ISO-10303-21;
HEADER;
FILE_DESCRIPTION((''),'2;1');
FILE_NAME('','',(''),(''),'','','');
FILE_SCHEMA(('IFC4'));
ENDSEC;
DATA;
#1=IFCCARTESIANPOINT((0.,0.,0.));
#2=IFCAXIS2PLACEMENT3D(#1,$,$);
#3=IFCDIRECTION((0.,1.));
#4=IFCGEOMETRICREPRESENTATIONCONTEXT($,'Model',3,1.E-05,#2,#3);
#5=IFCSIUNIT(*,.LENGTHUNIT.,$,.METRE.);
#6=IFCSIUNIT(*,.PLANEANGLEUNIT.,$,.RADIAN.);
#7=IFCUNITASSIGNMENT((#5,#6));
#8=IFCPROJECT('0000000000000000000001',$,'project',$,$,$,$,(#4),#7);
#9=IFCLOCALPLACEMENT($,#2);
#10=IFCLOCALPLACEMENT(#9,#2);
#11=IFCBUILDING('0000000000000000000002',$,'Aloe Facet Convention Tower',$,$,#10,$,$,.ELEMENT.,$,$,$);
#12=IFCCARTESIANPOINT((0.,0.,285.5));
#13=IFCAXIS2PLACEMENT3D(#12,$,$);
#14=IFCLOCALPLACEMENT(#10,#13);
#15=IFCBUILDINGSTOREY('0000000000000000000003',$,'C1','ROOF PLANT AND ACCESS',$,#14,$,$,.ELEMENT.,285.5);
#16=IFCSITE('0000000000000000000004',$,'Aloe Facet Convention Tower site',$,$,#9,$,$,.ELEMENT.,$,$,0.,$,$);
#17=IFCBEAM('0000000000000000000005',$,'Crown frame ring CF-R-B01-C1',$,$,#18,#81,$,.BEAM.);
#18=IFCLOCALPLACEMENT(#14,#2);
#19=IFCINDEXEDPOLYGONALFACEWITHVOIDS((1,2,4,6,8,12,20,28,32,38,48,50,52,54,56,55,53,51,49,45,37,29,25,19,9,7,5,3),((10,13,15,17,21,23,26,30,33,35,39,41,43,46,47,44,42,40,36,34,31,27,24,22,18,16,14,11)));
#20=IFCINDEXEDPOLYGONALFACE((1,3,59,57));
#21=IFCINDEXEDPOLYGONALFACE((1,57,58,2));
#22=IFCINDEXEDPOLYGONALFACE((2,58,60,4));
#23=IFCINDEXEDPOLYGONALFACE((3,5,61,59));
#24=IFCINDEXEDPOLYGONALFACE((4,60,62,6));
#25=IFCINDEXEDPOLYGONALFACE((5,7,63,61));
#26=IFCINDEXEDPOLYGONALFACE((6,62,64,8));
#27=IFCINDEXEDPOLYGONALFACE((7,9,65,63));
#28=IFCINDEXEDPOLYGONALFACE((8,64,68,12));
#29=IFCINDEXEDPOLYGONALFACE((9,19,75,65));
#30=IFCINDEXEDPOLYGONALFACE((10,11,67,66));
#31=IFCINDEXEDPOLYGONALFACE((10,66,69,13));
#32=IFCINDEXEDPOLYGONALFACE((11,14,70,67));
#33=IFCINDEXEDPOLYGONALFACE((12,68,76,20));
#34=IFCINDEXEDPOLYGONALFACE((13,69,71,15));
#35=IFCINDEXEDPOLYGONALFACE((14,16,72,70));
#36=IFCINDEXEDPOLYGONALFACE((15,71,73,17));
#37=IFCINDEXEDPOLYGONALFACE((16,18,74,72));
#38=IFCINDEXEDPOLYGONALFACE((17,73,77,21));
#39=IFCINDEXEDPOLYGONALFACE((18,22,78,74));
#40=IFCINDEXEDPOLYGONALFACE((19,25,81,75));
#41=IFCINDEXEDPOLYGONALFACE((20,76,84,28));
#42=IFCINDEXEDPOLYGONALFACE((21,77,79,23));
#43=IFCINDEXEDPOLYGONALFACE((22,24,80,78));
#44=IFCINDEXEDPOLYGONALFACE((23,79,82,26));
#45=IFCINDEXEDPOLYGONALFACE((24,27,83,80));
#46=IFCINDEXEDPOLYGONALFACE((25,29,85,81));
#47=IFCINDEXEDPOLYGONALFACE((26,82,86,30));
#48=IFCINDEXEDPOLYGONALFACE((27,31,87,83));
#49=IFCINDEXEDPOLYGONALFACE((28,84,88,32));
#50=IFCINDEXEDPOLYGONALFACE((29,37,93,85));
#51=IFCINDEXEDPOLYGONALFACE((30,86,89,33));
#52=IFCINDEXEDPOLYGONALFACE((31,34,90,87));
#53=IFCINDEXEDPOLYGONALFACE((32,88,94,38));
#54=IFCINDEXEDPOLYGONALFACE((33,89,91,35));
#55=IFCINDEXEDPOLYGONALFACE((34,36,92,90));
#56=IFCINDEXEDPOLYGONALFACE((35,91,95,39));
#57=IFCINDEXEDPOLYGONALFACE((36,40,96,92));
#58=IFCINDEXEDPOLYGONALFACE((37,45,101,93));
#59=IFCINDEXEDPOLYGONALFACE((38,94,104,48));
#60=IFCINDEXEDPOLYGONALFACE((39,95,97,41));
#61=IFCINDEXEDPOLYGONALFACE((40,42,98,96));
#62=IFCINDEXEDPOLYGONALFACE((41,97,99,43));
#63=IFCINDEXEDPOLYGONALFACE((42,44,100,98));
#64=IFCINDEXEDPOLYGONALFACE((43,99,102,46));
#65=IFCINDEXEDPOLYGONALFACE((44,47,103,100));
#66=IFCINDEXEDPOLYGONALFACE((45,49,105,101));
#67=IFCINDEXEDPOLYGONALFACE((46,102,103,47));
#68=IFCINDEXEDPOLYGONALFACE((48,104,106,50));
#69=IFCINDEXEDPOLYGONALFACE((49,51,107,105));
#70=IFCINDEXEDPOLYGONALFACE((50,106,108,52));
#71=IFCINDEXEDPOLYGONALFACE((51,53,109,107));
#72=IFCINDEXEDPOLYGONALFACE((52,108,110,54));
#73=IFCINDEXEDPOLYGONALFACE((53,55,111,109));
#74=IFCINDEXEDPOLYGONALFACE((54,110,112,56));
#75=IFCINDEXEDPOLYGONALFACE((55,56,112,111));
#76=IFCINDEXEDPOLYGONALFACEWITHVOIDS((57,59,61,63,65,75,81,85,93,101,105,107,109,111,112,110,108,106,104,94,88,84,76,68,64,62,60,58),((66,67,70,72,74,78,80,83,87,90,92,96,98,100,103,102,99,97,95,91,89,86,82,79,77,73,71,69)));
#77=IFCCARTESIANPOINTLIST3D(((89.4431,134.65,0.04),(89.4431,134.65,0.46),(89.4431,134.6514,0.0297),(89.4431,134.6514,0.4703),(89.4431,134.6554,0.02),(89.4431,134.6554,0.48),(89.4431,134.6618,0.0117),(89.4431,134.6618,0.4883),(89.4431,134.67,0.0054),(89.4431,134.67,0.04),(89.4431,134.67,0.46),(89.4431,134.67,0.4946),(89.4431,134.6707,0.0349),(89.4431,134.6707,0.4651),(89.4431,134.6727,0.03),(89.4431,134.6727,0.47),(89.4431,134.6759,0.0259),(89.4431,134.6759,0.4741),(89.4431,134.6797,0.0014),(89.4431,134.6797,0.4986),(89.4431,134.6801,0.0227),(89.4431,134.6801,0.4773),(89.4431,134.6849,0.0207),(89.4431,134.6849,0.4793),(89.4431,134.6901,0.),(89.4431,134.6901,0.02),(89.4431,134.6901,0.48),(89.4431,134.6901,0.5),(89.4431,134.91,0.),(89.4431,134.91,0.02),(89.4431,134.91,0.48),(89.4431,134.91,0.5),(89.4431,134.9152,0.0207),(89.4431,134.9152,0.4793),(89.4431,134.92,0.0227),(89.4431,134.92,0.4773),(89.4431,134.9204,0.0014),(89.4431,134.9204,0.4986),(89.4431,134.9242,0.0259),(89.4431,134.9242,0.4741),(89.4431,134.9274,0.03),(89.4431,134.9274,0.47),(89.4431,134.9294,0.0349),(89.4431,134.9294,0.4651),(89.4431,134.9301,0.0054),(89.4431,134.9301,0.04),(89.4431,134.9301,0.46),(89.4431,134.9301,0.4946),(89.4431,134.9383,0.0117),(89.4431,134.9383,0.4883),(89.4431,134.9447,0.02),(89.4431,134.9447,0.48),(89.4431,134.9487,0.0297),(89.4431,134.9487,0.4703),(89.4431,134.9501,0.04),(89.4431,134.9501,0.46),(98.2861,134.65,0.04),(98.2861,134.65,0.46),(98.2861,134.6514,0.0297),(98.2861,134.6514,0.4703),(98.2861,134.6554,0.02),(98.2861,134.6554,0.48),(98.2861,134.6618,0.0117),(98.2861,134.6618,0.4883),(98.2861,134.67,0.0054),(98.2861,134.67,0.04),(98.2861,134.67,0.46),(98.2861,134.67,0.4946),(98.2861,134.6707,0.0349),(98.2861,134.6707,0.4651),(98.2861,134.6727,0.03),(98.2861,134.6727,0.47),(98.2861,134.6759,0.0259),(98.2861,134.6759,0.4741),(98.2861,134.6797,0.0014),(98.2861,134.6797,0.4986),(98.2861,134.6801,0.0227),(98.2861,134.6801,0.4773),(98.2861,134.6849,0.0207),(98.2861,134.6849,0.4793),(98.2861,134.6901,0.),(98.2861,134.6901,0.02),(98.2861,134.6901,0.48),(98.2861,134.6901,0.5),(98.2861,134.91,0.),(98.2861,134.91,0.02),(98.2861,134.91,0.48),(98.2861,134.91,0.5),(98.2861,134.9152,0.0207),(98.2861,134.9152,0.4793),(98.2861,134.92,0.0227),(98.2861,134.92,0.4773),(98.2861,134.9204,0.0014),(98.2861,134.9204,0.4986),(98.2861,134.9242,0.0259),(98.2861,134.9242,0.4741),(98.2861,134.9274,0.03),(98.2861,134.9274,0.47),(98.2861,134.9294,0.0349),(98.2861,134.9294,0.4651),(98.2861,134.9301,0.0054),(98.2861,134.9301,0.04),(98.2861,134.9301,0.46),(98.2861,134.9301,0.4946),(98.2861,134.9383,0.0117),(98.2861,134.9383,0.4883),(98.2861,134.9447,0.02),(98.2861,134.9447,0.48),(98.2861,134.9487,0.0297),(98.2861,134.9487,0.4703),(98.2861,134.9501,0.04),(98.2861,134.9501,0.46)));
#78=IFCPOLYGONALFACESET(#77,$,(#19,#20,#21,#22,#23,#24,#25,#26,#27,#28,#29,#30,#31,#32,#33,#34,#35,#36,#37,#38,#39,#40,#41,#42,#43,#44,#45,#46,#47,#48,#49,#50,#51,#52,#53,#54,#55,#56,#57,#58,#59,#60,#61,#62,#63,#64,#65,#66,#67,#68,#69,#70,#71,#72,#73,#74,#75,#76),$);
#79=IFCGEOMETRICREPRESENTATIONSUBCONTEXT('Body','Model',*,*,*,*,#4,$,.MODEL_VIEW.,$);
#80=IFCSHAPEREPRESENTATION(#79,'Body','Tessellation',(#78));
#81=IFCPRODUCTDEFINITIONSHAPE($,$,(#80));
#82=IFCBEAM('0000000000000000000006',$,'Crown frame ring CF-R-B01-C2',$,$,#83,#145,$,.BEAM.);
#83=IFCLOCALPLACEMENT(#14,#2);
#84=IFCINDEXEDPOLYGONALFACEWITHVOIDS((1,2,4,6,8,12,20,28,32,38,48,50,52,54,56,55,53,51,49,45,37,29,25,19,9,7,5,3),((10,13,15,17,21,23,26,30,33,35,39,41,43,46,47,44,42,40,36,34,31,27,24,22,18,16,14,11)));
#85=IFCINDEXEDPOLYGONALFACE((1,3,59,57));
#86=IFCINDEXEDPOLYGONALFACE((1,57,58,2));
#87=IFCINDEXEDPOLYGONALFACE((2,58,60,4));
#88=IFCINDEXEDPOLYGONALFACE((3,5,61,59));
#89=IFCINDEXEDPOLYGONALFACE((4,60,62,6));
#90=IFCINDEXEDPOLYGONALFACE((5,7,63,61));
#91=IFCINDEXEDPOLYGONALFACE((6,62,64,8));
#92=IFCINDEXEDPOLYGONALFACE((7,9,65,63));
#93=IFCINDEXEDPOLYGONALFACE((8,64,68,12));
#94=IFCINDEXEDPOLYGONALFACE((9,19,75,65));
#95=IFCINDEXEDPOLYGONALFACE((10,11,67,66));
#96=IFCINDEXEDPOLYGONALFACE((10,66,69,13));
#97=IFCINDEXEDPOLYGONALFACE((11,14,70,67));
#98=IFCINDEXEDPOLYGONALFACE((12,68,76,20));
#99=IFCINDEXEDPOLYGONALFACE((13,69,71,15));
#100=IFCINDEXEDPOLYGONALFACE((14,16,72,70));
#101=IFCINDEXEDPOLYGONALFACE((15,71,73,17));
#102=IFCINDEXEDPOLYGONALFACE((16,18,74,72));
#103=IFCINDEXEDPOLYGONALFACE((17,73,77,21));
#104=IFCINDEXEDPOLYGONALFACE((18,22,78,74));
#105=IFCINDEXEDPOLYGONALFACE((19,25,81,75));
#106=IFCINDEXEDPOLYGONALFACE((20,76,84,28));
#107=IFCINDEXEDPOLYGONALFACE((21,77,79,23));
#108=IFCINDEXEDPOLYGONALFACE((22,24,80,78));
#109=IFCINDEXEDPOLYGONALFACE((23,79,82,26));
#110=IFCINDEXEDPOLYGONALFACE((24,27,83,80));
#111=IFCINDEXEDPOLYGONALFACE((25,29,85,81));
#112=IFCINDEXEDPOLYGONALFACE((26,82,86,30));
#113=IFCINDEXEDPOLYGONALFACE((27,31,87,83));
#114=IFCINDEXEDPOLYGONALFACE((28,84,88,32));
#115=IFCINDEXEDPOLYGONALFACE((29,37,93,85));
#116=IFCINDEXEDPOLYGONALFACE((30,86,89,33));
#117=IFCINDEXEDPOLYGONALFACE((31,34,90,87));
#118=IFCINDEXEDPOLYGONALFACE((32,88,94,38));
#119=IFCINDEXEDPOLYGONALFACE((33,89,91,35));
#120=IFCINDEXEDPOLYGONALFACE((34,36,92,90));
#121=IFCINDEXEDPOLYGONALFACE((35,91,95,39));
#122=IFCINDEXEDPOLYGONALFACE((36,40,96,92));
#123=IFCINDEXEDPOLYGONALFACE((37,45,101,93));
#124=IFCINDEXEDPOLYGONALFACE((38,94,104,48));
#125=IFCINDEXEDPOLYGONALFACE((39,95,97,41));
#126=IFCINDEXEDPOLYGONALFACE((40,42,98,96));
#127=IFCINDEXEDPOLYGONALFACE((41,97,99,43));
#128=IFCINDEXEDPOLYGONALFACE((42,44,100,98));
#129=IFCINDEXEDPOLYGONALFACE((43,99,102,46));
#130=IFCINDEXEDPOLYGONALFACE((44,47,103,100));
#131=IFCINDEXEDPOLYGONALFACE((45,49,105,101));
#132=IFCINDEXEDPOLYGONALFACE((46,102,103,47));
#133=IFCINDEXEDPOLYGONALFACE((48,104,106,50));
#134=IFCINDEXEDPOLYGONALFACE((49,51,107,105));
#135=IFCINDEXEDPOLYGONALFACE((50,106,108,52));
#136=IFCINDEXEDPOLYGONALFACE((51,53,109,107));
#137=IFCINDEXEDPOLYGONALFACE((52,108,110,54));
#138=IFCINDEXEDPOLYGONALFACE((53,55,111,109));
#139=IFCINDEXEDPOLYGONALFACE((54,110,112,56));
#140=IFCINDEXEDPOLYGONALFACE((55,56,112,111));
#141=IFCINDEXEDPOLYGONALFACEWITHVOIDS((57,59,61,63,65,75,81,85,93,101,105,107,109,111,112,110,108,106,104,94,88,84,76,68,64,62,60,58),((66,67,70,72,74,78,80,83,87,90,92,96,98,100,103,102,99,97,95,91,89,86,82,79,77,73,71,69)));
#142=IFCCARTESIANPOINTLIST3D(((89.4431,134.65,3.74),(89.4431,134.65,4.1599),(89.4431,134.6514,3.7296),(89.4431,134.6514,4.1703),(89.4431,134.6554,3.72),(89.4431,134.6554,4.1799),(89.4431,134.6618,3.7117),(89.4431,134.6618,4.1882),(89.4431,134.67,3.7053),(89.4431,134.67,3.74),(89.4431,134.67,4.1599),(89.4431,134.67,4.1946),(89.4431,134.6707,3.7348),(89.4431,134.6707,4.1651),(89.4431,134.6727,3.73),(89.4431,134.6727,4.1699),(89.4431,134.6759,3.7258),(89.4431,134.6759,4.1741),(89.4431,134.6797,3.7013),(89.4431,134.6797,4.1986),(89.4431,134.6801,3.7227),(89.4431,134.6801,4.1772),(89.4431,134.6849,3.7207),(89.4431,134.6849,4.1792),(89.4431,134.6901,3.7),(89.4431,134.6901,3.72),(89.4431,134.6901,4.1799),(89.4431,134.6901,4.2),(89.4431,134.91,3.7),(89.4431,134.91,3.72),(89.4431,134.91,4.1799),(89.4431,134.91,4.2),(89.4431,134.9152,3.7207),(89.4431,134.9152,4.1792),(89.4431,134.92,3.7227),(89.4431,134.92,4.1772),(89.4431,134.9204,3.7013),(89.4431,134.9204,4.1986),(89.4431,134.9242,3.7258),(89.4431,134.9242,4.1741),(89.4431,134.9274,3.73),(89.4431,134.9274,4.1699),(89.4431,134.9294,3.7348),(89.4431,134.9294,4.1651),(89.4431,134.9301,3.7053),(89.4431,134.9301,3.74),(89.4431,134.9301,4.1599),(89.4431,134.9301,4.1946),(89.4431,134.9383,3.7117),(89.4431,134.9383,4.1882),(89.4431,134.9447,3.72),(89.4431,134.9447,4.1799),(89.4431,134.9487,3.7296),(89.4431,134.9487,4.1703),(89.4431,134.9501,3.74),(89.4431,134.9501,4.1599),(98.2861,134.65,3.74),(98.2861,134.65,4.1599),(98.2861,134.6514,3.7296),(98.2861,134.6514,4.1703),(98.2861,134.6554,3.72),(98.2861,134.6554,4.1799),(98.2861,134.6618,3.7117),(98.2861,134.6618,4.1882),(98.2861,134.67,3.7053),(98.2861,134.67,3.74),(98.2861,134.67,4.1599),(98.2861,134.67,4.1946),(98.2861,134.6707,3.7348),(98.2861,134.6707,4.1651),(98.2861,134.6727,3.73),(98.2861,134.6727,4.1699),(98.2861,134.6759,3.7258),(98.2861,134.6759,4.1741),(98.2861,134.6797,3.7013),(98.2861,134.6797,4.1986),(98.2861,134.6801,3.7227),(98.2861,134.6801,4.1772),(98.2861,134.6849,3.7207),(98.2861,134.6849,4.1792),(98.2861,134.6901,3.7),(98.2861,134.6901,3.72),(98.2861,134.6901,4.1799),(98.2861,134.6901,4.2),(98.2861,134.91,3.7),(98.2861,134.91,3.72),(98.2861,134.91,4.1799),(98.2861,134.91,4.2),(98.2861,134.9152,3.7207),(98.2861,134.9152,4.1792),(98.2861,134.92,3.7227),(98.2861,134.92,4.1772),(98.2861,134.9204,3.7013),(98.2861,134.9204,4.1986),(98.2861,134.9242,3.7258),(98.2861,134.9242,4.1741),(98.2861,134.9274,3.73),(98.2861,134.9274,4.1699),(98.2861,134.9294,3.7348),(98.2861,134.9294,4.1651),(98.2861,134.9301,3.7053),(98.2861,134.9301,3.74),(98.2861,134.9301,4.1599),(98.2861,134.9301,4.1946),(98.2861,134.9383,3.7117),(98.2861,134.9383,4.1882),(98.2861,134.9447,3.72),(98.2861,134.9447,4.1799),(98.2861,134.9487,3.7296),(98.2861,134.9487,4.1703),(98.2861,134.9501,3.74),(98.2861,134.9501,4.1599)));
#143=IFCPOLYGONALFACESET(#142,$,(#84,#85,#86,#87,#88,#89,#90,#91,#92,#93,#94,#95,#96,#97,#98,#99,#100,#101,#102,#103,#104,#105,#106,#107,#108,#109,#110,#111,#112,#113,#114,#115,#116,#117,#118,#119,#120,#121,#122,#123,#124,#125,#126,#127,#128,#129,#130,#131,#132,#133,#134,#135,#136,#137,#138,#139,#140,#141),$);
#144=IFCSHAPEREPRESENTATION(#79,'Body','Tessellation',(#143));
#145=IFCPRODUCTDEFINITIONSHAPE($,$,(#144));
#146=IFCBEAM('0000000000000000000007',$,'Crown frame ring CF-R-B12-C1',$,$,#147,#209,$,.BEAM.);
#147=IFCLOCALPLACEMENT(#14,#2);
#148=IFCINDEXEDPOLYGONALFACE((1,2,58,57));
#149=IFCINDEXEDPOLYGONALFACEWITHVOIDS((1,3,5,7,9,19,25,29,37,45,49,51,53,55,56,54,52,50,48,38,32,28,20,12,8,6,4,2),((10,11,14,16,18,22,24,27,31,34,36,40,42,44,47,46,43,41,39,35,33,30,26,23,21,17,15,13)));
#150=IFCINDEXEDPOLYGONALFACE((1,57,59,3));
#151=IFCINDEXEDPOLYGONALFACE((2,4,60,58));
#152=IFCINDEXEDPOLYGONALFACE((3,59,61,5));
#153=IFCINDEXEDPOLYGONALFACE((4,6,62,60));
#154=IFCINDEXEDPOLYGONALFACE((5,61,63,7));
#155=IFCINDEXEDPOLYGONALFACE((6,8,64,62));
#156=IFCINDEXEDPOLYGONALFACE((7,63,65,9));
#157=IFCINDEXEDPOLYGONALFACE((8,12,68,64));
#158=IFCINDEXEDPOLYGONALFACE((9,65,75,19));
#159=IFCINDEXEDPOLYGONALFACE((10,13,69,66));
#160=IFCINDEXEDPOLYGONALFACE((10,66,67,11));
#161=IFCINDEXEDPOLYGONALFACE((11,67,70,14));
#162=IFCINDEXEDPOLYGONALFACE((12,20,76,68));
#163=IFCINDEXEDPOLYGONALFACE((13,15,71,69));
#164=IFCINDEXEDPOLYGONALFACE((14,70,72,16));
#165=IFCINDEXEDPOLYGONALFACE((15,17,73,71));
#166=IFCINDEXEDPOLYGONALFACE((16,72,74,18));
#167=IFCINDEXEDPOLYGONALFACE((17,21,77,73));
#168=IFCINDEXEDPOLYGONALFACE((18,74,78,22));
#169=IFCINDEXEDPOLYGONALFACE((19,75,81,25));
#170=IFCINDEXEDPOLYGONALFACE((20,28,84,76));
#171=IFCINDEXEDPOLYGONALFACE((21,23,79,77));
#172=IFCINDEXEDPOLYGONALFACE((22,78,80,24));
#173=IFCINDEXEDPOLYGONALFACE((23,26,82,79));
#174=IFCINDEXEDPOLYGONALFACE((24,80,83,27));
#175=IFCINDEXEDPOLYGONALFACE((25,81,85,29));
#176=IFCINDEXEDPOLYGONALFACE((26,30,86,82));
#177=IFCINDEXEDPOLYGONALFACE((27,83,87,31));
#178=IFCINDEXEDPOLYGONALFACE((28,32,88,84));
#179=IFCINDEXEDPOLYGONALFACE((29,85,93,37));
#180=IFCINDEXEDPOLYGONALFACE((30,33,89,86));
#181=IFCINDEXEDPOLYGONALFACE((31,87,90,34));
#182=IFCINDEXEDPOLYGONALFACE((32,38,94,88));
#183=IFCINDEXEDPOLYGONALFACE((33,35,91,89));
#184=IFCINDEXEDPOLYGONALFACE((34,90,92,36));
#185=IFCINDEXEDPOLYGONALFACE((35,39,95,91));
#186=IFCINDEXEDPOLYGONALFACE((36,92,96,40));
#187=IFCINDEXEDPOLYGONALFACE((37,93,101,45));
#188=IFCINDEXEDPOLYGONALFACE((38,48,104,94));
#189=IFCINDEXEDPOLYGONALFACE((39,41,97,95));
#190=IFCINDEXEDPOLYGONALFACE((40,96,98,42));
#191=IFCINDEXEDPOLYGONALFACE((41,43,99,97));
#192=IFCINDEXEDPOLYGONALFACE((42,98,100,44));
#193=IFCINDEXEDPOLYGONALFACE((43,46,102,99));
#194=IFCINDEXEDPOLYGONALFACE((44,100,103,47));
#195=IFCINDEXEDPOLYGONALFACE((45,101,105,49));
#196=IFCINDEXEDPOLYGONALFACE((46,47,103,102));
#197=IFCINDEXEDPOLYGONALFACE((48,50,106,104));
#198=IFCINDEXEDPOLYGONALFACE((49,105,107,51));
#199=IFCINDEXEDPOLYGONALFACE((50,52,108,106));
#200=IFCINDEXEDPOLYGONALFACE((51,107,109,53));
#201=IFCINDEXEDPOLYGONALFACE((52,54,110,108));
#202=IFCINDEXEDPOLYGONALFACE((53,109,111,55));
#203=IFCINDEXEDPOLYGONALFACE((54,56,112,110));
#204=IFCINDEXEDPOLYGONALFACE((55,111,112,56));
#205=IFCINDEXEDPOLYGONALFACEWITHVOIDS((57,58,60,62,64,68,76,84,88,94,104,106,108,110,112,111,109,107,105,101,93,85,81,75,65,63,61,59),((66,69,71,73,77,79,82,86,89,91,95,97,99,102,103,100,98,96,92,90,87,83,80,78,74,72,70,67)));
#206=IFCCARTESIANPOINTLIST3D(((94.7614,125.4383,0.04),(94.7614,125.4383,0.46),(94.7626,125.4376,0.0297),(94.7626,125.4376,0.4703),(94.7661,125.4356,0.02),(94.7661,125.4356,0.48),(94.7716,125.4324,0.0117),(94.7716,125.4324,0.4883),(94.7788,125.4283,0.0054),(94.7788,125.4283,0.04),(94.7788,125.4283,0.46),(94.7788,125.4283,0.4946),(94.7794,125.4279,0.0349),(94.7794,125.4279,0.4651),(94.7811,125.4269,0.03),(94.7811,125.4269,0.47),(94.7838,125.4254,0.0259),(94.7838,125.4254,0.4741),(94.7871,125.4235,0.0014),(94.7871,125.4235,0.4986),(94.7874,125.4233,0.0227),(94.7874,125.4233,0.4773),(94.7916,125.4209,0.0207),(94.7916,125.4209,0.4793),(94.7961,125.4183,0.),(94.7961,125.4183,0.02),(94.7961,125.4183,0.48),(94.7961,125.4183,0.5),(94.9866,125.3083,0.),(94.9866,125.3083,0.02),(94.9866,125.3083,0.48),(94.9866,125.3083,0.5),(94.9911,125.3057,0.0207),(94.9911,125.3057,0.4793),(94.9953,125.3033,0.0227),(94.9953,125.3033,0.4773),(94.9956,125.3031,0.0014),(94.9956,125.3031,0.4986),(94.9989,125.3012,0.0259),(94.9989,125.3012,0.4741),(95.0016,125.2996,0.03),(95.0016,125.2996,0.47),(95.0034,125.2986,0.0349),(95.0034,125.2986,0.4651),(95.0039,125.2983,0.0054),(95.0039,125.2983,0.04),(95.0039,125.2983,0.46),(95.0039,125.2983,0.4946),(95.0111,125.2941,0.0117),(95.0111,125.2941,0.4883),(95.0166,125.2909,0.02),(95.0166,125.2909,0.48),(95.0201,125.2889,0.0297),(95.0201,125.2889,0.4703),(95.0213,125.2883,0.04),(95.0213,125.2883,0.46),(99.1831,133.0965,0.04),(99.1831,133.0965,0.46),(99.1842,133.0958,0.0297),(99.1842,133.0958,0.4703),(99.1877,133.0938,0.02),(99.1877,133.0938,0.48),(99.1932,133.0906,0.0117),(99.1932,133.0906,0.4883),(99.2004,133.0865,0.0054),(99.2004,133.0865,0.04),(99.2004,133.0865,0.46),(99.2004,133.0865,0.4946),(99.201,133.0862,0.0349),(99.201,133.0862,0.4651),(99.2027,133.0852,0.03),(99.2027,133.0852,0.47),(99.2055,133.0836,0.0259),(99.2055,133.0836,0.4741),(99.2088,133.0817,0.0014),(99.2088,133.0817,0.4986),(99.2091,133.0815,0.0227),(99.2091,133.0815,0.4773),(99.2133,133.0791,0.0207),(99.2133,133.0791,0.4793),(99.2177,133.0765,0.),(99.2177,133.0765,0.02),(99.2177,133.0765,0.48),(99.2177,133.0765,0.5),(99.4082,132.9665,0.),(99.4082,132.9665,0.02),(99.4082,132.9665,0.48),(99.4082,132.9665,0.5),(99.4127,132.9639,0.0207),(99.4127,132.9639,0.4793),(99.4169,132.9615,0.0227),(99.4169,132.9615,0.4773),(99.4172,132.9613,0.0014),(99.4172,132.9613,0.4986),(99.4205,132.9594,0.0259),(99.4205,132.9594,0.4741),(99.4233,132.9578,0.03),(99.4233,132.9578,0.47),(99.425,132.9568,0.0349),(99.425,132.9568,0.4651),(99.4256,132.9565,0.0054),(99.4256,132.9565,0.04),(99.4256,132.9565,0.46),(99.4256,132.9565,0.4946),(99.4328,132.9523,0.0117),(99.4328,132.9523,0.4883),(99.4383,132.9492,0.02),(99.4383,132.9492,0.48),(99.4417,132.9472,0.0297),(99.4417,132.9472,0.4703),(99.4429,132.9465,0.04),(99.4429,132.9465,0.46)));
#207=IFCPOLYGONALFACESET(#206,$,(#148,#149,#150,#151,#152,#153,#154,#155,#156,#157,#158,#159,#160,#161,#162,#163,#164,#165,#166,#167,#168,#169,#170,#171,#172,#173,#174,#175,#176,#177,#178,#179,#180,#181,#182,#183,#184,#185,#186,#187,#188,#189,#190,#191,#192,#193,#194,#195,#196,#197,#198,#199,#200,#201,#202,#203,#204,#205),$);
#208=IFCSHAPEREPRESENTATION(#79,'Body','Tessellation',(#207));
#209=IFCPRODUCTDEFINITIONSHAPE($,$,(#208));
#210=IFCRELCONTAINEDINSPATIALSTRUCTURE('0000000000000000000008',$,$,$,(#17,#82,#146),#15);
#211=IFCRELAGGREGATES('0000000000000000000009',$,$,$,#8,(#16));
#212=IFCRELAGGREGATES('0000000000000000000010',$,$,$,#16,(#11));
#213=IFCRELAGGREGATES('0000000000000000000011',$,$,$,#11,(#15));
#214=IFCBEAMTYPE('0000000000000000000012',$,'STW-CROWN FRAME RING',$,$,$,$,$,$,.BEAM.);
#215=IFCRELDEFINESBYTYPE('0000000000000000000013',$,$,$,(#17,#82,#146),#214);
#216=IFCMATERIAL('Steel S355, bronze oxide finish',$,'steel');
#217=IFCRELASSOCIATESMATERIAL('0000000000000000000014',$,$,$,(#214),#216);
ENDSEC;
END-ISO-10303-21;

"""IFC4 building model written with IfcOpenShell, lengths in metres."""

from ifc_helpers import new_model, si_unit, direction, frame, origin, origin_2d, place, context, subcontext, project, spatial, hollow_rectangle, extrude, material, material_profile, profile_set, type_object, element, save


model = new_model("IFC4")

# Units and contexts
model_context = context("Model", 3, precision=1e-05, world=origin(), true_north=direction((0.0, 1.0)))
body_context = subcontext(model_context, "Body", "Model", "MODEL_VIEW")
ifc_project = project(units=[si_unit("LENGTHUNIT", "METRE"), si_unit("PLANEANGLEUNIT", "RADIAN")], contexts=[model_context])

# Site, building, storey
site_placement = place(None, origin())
site = spatial("IfcSite", under=ifc_project, at=site_placement, Name="Aloe Facet Convention Tower site", CompositionType="ELEMENT", RefElevation=0.0)
building_placement = place(site_placement, origin())
building = spatial("IfcBuilding", under=site, at=building_placement, Name="Aloe Facet Convention Tower", CompositionType="ELEMENT")
storey_placement = place(building_placement, frame((0.0, 0.0, 285.5)))
storey = spatial("IfcBuildingStorey", under=building, at=storey_placement, Name="C1", Description="ROOF PLANT AND ACCESS", CompositionType="ELEMENT", Elevation=285.5)

# Beams
ifc_material_1 = material(Name="Steel S355, bronze oxide finish", Category="steel")
ifc_material_profile_1 = material_profile(ifc_material_1, hollow_rectangle(XDim=0.3, YDim=0.5, WallThickness=0.02, InnerFilletRadius=0.02, OuterFilletRadius=0.04, at=origin_2d()), Name="RHS 500x300x20")
ifc_profile_set_1 = profile_set([ifc_material_profile_1], Name="Steel S355, bronze oxide finish")
beam_type = type_object("IfcBeamType", Name="STW-CROWN FRAME RING", PredefinedType="BEAM", material=ifc_profile_set_1)
for number, where, z_axis, x_axis, name in (
    (1, (98.2861, 134.8, 0.25), (-1.0, 0.0, 0.0), (0.0, -1.0, 0.0), "Crown frame ring CF-R-B01-C1"),
    (2, (98.2861, 134.8, 3.95), (-1.0, 0.0, 0.0), (0.0, -1.0, 0.0), "Crown frame ring CF-R-B01-C2"),
    (3, (94.8914, 125.3633, 0.25), (0.500014, 0.866017, 0.0), (-0.866017, 0.500014, 0.0), "Crown frame ring CF-R-B12-C1"),
):
    element("IfcBeam", number, at=place(storey_placement, frame(where, z_axis=z_axis, x_axis=x_axis)), inside=storey, type_object=beam_type, Name=name, PredefinedType="BEAM", context=body_context, shape_type="SweptSolid", body=[
        extrude(hollow_rectangle(XDim=0.3, YDim=0.5, WallThickness=0.02, InnerFilletRadius=0.02, OuterFilletRadius=0.04, at=origin_2d()), origin(), (0.0, 0.0, 1.0), 8.843),
    ])

save(model, "model.ifc")
